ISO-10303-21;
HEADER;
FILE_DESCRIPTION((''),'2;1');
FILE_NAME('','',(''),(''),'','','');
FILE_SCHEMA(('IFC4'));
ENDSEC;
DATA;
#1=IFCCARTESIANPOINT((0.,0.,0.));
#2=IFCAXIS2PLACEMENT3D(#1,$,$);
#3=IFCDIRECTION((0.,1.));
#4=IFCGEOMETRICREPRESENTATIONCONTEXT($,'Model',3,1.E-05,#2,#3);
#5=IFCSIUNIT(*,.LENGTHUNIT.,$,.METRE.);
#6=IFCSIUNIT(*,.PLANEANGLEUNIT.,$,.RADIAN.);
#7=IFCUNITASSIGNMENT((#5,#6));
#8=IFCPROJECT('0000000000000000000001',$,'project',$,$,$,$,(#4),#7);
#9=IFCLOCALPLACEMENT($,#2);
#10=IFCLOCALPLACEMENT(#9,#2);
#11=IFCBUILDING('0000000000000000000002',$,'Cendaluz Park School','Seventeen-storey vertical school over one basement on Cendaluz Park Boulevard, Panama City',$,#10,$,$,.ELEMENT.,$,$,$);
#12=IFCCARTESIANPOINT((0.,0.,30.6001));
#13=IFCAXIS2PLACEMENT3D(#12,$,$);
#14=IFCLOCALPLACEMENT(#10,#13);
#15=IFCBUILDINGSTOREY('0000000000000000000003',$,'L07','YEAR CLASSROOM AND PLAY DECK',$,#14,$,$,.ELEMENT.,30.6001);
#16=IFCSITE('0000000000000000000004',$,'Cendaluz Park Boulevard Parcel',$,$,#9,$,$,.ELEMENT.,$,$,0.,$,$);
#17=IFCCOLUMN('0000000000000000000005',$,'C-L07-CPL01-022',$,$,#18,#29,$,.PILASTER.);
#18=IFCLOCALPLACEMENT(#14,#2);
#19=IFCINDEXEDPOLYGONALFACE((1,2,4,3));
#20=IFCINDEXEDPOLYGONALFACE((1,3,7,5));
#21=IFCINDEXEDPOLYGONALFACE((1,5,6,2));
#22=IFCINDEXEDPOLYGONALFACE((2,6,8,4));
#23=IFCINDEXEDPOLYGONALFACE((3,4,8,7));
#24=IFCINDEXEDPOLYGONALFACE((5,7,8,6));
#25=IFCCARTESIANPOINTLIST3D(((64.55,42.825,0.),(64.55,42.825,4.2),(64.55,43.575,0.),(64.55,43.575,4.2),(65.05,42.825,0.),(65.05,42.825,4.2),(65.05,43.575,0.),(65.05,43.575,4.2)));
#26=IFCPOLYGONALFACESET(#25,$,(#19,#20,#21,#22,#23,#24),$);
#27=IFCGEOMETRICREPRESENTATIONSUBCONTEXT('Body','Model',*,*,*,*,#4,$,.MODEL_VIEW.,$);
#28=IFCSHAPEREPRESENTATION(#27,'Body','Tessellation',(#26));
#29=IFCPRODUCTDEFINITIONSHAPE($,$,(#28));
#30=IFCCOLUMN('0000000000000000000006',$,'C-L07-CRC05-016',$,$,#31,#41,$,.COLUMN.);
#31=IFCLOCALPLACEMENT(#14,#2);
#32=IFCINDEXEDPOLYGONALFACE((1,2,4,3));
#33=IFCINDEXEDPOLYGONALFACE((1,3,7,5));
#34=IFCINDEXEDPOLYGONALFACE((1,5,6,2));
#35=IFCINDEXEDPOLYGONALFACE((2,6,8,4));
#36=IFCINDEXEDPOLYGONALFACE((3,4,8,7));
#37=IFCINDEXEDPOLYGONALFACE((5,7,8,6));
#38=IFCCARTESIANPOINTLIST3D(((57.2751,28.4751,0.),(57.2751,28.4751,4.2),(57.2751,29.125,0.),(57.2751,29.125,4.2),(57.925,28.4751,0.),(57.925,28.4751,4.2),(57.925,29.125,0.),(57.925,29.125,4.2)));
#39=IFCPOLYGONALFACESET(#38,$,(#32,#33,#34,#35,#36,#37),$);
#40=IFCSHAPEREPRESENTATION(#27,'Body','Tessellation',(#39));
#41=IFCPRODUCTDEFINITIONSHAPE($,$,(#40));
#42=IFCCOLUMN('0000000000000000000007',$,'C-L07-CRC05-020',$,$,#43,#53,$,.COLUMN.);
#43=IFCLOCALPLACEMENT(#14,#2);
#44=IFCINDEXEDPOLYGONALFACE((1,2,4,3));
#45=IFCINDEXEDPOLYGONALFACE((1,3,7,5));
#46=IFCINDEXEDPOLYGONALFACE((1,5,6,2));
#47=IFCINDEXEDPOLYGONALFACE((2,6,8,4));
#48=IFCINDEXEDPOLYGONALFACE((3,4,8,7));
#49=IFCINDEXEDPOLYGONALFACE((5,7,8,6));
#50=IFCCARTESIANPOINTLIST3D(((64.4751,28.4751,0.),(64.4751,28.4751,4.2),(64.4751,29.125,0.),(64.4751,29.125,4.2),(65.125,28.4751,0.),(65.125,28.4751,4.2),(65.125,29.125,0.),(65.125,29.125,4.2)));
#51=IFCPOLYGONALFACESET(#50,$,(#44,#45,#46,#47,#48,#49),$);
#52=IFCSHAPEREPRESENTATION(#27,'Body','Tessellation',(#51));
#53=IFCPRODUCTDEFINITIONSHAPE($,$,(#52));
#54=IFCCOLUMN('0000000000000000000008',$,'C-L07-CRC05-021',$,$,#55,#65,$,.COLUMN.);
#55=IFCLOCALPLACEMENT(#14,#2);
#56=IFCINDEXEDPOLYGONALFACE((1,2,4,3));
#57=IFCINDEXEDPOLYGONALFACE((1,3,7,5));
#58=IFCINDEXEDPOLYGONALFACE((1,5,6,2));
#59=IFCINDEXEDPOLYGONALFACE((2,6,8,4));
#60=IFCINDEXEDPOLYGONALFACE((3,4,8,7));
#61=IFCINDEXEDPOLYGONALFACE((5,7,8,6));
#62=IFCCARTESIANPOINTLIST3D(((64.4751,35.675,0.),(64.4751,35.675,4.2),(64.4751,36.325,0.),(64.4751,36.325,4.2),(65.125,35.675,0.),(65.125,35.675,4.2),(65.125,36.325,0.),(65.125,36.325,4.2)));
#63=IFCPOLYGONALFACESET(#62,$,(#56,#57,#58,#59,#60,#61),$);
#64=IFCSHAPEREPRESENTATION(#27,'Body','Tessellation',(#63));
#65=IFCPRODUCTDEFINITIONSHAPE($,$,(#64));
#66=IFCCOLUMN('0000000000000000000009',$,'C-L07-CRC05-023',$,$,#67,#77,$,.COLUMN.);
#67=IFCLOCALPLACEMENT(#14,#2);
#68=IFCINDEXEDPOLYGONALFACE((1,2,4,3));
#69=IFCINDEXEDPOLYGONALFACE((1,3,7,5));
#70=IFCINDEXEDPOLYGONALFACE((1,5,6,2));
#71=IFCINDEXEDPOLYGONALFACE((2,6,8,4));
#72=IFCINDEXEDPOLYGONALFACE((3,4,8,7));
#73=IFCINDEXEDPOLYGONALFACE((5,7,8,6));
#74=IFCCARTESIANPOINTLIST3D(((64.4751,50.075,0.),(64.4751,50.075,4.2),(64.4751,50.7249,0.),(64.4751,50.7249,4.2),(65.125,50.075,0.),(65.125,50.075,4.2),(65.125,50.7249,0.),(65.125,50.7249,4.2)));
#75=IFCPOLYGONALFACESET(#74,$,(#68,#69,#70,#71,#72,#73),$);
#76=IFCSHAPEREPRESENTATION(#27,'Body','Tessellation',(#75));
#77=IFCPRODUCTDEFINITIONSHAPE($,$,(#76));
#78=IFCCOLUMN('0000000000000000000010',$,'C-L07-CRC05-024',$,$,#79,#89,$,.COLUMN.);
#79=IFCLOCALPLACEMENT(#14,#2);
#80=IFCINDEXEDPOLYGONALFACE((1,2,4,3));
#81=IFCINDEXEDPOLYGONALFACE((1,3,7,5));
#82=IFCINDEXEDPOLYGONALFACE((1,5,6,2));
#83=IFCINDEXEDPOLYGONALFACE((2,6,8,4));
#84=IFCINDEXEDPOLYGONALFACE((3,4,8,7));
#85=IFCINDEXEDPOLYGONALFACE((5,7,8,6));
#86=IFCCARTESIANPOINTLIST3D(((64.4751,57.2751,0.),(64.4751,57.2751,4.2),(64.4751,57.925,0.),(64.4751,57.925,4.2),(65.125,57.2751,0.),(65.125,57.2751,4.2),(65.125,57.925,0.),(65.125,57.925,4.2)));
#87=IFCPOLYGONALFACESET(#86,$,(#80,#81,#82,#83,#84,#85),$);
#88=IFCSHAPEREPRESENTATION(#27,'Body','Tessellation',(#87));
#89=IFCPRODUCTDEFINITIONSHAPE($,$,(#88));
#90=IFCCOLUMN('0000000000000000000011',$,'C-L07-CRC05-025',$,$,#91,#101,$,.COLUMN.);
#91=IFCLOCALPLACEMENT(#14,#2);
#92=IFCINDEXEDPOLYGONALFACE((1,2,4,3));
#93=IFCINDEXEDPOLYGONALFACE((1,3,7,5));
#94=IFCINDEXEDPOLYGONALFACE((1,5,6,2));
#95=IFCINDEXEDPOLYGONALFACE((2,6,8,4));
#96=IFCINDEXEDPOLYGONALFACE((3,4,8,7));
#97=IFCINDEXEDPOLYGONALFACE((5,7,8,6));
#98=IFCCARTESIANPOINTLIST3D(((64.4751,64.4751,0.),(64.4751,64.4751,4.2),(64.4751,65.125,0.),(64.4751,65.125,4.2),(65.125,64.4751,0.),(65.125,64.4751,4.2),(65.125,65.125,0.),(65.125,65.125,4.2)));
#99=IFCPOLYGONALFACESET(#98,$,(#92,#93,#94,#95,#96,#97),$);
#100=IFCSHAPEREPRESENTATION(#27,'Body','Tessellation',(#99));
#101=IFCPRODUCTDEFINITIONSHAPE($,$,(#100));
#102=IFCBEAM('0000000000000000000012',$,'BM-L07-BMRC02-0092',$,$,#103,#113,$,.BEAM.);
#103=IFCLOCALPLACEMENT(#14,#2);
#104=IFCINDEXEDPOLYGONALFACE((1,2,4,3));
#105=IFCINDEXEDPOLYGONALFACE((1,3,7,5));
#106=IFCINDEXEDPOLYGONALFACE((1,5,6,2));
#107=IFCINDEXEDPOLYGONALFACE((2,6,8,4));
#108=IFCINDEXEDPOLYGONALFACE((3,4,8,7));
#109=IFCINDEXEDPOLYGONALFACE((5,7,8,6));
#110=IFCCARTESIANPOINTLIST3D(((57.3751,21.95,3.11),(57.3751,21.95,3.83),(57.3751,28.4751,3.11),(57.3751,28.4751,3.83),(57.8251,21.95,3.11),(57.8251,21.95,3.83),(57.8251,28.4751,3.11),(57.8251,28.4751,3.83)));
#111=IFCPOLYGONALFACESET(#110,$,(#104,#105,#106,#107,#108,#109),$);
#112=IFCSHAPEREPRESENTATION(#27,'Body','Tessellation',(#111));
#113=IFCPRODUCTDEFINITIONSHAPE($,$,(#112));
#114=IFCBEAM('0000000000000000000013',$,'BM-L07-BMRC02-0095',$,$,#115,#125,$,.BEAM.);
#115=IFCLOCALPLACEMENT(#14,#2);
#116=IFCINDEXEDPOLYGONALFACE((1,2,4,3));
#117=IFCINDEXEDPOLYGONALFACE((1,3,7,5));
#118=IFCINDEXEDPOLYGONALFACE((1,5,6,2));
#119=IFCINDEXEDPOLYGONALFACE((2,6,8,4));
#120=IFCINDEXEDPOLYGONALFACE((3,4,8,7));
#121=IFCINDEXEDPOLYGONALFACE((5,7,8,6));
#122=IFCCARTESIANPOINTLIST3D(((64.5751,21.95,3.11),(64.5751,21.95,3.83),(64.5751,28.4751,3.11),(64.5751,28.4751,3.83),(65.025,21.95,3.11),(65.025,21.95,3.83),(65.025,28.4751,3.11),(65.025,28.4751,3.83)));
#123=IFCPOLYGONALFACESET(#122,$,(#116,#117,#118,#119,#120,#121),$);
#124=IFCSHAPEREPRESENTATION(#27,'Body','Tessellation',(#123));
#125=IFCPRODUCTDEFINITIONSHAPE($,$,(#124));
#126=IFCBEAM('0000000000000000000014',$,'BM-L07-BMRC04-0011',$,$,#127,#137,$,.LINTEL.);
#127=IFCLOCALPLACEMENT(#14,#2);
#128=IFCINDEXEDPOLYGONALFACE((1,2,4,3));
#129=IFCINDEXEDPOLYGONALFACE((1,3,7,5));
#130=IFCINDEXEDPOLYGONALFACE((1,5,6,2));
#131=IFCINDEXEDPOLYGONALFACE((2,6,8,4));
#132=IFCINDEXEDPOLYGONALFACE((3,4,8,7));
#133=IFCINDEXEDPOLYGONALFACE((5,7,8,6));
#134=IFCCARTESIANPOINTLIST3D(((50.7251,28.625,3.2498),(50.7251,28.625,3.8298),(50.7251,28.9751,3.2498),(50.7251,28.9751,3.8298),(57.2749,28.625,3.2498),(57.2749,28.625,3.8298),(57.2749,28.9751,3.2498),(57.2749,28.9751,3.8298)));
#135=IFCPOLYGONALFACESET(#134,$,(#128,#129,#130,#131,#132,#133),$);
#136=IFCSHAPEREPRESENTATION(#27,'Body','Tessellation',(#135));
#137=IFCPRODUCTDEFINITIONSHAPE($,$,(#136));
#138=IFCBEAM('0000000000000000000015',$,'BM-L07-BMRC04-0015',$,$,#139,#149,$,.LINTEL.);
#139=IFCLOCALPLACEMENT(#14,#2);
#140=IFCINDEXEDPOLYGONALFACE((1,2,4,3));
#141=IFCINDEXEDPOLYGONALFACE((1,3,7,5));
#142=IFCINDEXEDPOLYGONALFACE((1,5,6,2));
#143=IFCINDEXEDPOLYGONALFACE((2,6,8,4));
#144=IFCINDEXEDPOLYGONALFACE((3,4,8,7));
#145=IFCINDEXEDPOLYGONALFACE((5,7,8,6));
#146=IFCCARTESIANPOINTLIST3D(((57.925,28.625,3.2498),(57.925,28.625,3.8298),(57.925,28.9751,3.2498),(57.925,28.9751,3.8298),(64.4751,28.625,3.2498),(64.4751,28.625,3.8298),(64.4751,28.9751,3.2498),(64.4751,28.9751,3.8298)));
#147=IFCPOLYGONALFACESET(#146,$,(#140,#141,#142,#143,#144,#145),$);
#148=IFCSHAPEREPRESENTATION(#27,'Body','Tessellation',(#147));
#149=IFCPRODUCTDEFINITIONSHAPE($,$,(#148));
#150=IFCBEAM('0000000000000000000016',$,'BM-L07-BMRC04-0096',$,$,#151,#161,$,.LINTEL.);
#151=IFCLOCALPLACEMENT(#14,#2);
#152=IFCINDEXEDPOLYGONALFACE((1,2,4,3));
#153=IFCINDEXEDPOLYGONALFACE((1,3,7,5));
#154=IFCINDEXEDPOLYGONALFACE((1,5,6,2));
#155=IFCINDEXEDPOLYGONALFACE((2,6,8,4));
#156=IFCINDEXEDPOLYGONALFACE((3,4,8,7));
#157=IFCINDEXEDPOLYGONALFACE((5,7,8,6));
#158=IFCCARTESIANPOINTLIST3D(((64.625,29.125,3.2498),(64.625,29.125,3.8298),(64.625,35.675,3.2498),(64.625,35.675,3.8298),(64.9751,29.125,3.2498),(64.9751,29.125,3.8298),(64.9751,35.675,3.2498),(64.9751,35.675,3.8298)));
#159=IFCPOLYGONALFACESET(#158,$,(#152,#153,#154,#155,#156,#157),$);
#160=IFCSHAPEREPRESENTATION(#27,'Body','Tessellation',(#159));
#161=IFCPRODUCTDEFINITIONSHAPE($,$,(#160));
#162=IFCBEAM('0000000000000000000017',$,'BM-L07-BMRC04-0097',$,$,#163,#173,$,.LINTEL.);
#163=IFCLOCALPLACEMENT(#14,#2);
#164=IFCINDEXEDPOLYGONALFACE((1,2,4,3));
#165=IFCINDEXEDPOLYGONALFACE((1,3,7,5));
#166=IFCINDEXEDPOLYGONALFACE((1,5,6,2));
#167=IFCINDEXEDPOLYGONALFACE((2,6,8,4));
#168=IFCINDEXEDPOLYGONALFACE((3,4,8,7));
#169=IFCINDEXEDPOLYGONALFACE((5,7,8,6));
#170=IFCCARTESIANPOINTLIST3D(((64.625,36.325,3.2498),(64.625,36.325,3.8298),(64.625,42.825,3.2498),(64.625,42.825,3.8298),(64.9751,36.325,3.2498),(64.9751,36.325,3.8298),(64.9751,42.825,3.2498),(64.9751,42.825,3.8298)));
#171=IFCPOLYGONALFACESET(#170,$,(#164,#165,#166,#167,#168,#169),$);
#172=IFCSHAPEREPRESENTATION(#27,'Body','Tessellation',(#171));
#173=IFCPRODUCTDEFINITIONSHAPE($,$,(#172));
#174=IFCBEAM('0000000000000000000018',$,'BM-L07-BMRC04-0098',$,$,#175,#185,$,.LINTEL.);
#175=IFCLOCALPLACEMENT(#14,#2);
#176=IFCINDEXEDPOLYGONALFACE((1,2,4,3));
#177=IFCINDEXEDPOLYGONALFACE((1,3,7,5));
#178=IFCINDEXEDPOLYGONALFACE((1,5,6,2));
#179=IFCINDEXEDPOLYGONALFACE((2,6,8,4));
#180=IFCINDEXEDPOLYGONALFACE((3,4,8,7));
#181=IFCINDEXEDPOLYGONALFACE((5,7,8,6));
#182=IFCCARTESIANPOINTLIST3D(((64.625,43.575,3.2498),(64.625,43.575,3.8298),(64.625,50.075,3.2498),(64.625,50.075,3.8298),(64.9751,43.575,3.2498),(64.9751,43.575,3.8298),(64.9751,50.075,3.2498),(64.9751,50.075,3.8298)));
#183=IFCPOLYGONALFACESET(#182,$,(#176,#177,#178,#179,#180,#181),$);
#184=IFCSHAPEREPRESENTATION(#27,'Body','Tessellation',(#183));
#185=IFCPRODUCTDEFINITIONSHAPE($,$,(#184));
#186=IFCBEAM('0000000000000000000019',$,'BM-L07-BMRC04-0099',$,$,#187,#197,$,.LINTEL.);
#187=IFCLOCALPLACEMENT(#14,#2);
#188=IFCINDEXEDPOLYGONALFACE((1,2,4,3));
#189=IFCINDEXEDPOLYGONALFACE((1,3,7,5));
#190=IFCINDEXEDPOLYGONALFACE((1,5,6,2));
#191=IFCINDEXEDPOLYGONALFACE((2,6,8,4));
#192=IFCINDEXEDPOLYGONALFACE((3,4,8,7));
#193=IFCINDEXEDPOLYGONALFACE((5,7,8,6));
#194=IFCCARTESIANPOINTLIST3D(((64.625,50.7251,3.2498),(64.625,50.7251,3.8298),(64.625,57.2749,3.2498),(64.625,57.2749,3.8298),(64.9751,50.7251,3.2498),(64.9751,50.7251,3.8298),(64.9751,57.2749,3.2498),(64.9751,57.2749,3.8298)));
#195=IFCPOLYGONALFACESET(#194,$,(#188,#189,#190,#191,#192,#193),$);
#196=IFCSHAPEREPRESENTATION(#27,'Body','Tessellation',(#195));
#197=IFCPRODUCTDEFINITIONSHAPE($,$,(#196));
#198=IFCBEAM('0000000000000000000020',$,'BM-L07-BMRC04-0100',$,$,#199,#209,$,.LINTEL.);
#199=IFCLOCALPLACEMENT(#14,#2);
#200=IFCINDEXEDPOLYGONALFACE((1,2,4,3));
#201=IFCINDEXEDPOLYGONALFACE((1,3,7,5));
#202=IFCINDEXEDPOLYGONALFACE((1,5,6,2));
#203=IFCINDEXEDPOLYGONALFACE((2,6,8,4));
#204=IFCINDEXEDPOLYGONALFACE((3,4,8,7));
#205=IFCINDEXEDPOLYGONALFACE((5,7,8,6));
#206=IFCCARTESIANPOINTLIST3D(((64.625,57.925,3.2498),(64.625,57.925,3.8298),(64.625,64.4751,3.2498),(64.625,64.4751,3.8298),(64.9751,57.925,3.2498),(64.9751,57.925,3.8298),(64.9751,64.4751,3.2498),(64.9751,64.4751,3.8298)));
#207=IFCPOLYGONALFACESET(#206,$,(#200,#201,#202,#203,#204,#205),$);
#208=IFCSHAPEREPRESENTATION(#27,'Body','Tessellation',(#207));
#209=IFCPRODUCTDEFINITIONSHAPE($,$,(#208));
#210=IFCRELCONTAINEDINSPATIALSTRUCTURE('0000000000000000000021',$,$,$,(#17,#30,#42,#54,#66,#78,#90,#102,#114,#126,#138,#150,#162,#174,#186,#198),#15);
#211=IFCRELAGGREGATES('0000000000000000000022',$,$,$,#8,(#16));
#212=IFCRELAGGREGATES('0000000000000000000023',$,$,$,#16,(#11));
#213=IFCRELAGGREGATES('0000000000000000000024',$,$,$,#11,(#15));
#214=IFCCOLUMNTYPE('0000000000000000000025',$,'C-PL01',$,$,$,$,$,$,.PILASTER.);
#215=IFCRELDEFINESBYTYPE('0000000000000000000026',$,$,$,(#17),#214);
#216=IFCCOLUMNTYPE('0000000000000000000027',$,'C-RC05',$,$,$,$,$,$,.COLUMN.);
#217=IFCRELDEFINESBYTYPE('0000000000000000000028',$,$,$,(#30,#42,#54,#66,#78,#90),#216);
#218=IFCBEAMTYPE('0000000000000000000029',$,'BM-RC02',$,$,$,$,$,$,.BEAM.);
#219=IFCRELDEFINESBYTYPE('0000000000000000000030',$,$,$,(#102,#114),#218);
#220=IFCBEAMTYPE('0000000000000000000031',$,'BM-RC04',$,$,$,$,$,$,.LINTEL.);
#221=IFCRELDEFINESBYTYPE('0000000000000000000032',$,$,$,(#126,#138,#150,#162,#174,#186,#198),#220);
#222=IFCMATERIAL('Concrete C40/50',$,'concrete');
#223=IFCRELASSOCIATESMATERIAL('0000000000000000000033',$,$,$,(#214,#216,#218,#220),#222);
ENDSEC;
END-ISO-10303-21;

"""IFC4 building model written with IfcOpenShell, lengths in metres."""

from ifc_helpers import new_model, si_unit, direction, frame, origin, origin_2d, place, context, subcontext, project, spatial, rectangle, extrude, material, material_profile, profile_set, type_object, element, save


model = new_model("IFC4")

# Units and contexts
model_context = context("Model", 3, precision=1e-05, world=origin(), true_north=direction((0.0, 1.0)))
body_context = subcontext(model_context, "Body", "Model", "MODEL_VIEW")
ifc_project = project(units=[si_unit("LENGTHUNIT", "METRE"), si_unit("PLANEANGLEUNIT", "RADIAN")], contexts=[model_context])

# Site, building, storey
site_placement = place(None, origin())
site = spatial("IfcSite", under=ifc_project, at=site_placement, Name="Cendaluz Park Boulevard Parcel", CompositionType="ELEMENT", RefElevation=0.0)
building_placement = place(site_placement, origin())
building = spatial("IfcBuilding", under=site, at=building_placement, Name="Cendaluz Park School", Description="Seventeen-storey vertical school over one basement on Cendaluz Park Boulevard, Panama City", CompositionType="ELEMENT")
storey_placement = place(building_placement, frame((0.0, 0.0, 30.6001)))
storey = spatial("IfcBuildingStorey", under=building, at=storey_placement, Name="L07", Description="YEAR CLASSROOM AND PLAY DECK", CompositionType="ELEMENT", Elevation=30.6001)

# Columns
ifc_material_1 = material(Name="Concrete C40/50", Category="concrete")
ifc_material_profile_1 = material_profile(ifc_material_1, rectangle(XDim=0.5, YDim=0.75, at=origin_2d()), Name="RC 500x750", Category="concrete")
ifc_profile_set_1 = profile_set([ifc_material_profile_1], Name="Concrete C40/50")
column_type_1 = type_object("IfcColumnType", Name="C-PL01", PredefinedType="PILASTER", material=ifc_profile_set_1)
column_placement = place(storey_placement, frame((64.8, 43.2, 0.0), z_axis=(0.0, 0.0, 1.0), x_axis=(1.0, 0.0, 0.0)))
element("IfcColumn", 1, at=column_placement, inside=storey, type_object=column_type_1, Name="C-L07-CPL01-022", PredefinedType="PILASTER", context=body_context, shape_type="SweptSolid", body=[
    extrude(rectangle(XDim=0.5, YDim=0.75, at=origin_2d()), origin(), (0.0, 0.0, 1.0), 4.2),
])
ifc_material_profile_2 = material_profile(ifc_material_1, rectangle(XDim=0.6499, YDim=0.6499, at=origin_2d()), Name="RC 650x650", Category="concrete")
ifc_profile_set_2 = profile_set([ifc_material_profile_2], Name="Concrete C40/50")
column_type_2 = type_object("IfcColumnType", Name="C-RC05", PredefinedType="COLUMN", material=ifc_profile_set_2)
for number, where, z_axis, x_axis, name in (
    (2, (57.6001, 28.8, 0.0), (0.0, 0.0, 1.0), (1.0, 0.0, 0.0), "C-L07-CRC05-016"),
    (3, (64.8, 28.8, 0.0), (0.0, 0.0, 1.0), (1.0, 0.0, 0.0), "C-L07-CRC05-020"),
    (4, (64.8, 36.0, 0.0), (0.0, 0.0, 1.0), (1.0, 0.0, 0.0), "C-L07-CRC05-021"),
    (5, (64.8, 50.3999, 0.0), (0.0, 0.0, 1.0), (1.0, 0.0, 0.0), "C-L07-CRC05-023"),
    (6, (64.8, 57.6001, 0.0), (0.0, 0.0, 1.0), (1.0, 0.0, 0.0), "C-L07-CRC05-024"),
    (7, (64.8, 64.8, 0.0), (0.0, 0.0, 1.0), (1.0, 0.0, 0.0), "C-L07-CRC05-025"),
):
    element("IfcColumn", number, at=place(storey_placement, frame(where, z_axis=z_axis, x_axis=x_axis)), inside=storey, type_object=column_type_2, Name=name, PredefinedType="COLUMN", context=body_context, shape_type="SweptSolid", body=[
        extrude(rectangle(XDim=0.6499, YDim=0.6499, at=origin_2d()), origin(), (0.0, 0.0, 1.0), 4.2),
    ])

# Beams
ifc_material_profile_3 = material_profile(ifc_material_1, rectangle(XDim=0.45, YDim=0.72, at=origin_2d()), Name="RC 450x720", Category="concrete")
ifc_profile_set_3 = profile_set([ifc_material_profile_3], Name="Concrete C40/50")
beam_type_1 = type_object("IfcBeamType", Name="BM-RC02", PredefinedType="BEAM", material=ifc_profile_set_3)
for number, where, z_axis, x_axis, name in (
    (8, (57.6001, 21.95, 3.47), (0.0, 1.0, 0.0), (-1.0, 0.0, 0.0), "BM-L07-BMRC02-0092"),
    (9, (64.8, 21.95, 3.47), (0.0, 1.0, 0.0), (-1.0, 0.0, 0.0), "BM-L07-BMRC02-0095"),
):
    element("IfcBeam", number, at=place(storey_placement, frame(where, z_axis=z_axis, x_axis=x_axis)), inside=storey, type_object=beam_type_1, Name=name, PredefinedType="BEAM", context=body_context, shape_type="SweptSolid", body=[
        extrude(rectangle(XDim=0.45, YDim=0.72, at=origin_2d()), origin(), (0.0, 0.0, 1.0), 6.5251),
    ])
ifc_material_profile_4 = material_profile(ifc_material_1, rectangle(XDim=0.3501, YDim=0.5801, at=origin_2d()), Name="RC 350x580", Category="concrete")
ifc_profile_set_4 = profile_set([ifc_material_profile_4], Name="Concrete C40/50")
beam_type_2 = type_object("IfcBeamType", Name="BM-RC04", PredefinedType="LINTEL", material=ifc_profile_set_4)
beam_1_placement = place(storey_placement, frame((50.7251, 28.8, 3.5398), z_axis=(1.0, 0.0, 0.0), x_axis=(0.0, 1.0, 0.0)))
element("IfcBeam", 10, at=beam_1_placement, inside=storey, type_object=beam_type_2, Name="BM-L07-BMRC04-0011", PredefinedType="LINTEL", context=body_context, shape_type="SweptSolid", body=[
    extrude(rectangle(XDim=0.3501, YDim=0.5801, at=origin_2d()), origin(), (0.0, 0.0, 1.0), 6.5498),
])
for number, where, z_axis, x_axis, name in (
    (11, (57.925, 28.8, 3.5398), (1.0, 0.0, 0.0), (0.0, 1.0, 0.0), "BM-L07-BMRC04-0015"),
    (12, (64.8, 29.125, 3.5398), (0.0, 1.0, 0.0), (-1.0, 0.0, 0.0), "BM-L07-BMRC04-0096"),
):
    element("IfcBeam", number, at=place(storey_placement, frame(where, z_axis=z_axis, x_axis=x_axis)), inside=storey, type_object=beam_type_2, Name=name, PredefinedType="LINTEL", context=body_context, shape_type="SweptSolid", body=[
        extrude(rectangle(XDim=0.3501, YDim=0.5801, at=origin_2d()), origin(), (0.0, 0.0, 1.0), 6.55),
    ])
for number, where, z_axis, x_axis, name in (
    (13, (64.8, 36.325, 3.5398), (0.0, 1.0, 0.0), (-1.0, 0.0, 0.0), "BM-L07-BMRC04-0097"),
    (14, (64.8, 43.575, 3.5398), (0.0, 1.0, 0.0), (-1.0, 0.0, 0.0), "BM-L07-BMRC04-0098"),
):
    element("IfcBeam", number, at=place(storey_placement, frame(where, z_axis=z_axis, x_axis=x_axis)), inside=storey, type_object=beam_type_2, Name=name, PredefinedType="LINTEL", context=body_context, shape_type="SweptSolid", body=[
        extrude(rectangle(XDim=0.3501, YDim=0.5801, at=origin_2d()), origin(), (0.0, 0.0, 1.0), 6.5),
    ])
beam_2_placement = place(storey_placement, frame((64.8, 50.7251, 3.5398), z_axis=(0.0, 1.0, 0.0), x_axis=(-1.0, 0.0, 0.0)))
element("IfcBeam", 15, at=beam_2_placement, inside=storey, type_object=beam_type_2, Name="BM-L07-BMRC04-0099", PredefinedType="LINTEL", context=body_context, shape_type="SweptSolid", body=[
    extrude(rectangle(XDim=0.3501, YDim=0.5801, at=origin_2d()), origin(), (0.0, 0.0, 1.0), 6.5498),
])
beam_3_placement = place(storey_placement, frame((64.8, 57.925, 3.5398), z_axis=(0.0, 1.0, 0.0), x_axis=(-1.0, 0.0, 0.0)))
element("IfcBeam", 16, at=beam_3_placement, inside=storey, type_object=beam_type_2, Name="BM-L07-BMRC04-0100", PredefinedType="LINTEL", context=body_context, shape_type="SweptSolid", body=[
    extrude(rectangle(XDim=0.3501, YDim=0.5801, at=origin_2d()), origin(), (0.0, 0.0, 1.0), 6.55),
])

save(model, "model.ifc")
